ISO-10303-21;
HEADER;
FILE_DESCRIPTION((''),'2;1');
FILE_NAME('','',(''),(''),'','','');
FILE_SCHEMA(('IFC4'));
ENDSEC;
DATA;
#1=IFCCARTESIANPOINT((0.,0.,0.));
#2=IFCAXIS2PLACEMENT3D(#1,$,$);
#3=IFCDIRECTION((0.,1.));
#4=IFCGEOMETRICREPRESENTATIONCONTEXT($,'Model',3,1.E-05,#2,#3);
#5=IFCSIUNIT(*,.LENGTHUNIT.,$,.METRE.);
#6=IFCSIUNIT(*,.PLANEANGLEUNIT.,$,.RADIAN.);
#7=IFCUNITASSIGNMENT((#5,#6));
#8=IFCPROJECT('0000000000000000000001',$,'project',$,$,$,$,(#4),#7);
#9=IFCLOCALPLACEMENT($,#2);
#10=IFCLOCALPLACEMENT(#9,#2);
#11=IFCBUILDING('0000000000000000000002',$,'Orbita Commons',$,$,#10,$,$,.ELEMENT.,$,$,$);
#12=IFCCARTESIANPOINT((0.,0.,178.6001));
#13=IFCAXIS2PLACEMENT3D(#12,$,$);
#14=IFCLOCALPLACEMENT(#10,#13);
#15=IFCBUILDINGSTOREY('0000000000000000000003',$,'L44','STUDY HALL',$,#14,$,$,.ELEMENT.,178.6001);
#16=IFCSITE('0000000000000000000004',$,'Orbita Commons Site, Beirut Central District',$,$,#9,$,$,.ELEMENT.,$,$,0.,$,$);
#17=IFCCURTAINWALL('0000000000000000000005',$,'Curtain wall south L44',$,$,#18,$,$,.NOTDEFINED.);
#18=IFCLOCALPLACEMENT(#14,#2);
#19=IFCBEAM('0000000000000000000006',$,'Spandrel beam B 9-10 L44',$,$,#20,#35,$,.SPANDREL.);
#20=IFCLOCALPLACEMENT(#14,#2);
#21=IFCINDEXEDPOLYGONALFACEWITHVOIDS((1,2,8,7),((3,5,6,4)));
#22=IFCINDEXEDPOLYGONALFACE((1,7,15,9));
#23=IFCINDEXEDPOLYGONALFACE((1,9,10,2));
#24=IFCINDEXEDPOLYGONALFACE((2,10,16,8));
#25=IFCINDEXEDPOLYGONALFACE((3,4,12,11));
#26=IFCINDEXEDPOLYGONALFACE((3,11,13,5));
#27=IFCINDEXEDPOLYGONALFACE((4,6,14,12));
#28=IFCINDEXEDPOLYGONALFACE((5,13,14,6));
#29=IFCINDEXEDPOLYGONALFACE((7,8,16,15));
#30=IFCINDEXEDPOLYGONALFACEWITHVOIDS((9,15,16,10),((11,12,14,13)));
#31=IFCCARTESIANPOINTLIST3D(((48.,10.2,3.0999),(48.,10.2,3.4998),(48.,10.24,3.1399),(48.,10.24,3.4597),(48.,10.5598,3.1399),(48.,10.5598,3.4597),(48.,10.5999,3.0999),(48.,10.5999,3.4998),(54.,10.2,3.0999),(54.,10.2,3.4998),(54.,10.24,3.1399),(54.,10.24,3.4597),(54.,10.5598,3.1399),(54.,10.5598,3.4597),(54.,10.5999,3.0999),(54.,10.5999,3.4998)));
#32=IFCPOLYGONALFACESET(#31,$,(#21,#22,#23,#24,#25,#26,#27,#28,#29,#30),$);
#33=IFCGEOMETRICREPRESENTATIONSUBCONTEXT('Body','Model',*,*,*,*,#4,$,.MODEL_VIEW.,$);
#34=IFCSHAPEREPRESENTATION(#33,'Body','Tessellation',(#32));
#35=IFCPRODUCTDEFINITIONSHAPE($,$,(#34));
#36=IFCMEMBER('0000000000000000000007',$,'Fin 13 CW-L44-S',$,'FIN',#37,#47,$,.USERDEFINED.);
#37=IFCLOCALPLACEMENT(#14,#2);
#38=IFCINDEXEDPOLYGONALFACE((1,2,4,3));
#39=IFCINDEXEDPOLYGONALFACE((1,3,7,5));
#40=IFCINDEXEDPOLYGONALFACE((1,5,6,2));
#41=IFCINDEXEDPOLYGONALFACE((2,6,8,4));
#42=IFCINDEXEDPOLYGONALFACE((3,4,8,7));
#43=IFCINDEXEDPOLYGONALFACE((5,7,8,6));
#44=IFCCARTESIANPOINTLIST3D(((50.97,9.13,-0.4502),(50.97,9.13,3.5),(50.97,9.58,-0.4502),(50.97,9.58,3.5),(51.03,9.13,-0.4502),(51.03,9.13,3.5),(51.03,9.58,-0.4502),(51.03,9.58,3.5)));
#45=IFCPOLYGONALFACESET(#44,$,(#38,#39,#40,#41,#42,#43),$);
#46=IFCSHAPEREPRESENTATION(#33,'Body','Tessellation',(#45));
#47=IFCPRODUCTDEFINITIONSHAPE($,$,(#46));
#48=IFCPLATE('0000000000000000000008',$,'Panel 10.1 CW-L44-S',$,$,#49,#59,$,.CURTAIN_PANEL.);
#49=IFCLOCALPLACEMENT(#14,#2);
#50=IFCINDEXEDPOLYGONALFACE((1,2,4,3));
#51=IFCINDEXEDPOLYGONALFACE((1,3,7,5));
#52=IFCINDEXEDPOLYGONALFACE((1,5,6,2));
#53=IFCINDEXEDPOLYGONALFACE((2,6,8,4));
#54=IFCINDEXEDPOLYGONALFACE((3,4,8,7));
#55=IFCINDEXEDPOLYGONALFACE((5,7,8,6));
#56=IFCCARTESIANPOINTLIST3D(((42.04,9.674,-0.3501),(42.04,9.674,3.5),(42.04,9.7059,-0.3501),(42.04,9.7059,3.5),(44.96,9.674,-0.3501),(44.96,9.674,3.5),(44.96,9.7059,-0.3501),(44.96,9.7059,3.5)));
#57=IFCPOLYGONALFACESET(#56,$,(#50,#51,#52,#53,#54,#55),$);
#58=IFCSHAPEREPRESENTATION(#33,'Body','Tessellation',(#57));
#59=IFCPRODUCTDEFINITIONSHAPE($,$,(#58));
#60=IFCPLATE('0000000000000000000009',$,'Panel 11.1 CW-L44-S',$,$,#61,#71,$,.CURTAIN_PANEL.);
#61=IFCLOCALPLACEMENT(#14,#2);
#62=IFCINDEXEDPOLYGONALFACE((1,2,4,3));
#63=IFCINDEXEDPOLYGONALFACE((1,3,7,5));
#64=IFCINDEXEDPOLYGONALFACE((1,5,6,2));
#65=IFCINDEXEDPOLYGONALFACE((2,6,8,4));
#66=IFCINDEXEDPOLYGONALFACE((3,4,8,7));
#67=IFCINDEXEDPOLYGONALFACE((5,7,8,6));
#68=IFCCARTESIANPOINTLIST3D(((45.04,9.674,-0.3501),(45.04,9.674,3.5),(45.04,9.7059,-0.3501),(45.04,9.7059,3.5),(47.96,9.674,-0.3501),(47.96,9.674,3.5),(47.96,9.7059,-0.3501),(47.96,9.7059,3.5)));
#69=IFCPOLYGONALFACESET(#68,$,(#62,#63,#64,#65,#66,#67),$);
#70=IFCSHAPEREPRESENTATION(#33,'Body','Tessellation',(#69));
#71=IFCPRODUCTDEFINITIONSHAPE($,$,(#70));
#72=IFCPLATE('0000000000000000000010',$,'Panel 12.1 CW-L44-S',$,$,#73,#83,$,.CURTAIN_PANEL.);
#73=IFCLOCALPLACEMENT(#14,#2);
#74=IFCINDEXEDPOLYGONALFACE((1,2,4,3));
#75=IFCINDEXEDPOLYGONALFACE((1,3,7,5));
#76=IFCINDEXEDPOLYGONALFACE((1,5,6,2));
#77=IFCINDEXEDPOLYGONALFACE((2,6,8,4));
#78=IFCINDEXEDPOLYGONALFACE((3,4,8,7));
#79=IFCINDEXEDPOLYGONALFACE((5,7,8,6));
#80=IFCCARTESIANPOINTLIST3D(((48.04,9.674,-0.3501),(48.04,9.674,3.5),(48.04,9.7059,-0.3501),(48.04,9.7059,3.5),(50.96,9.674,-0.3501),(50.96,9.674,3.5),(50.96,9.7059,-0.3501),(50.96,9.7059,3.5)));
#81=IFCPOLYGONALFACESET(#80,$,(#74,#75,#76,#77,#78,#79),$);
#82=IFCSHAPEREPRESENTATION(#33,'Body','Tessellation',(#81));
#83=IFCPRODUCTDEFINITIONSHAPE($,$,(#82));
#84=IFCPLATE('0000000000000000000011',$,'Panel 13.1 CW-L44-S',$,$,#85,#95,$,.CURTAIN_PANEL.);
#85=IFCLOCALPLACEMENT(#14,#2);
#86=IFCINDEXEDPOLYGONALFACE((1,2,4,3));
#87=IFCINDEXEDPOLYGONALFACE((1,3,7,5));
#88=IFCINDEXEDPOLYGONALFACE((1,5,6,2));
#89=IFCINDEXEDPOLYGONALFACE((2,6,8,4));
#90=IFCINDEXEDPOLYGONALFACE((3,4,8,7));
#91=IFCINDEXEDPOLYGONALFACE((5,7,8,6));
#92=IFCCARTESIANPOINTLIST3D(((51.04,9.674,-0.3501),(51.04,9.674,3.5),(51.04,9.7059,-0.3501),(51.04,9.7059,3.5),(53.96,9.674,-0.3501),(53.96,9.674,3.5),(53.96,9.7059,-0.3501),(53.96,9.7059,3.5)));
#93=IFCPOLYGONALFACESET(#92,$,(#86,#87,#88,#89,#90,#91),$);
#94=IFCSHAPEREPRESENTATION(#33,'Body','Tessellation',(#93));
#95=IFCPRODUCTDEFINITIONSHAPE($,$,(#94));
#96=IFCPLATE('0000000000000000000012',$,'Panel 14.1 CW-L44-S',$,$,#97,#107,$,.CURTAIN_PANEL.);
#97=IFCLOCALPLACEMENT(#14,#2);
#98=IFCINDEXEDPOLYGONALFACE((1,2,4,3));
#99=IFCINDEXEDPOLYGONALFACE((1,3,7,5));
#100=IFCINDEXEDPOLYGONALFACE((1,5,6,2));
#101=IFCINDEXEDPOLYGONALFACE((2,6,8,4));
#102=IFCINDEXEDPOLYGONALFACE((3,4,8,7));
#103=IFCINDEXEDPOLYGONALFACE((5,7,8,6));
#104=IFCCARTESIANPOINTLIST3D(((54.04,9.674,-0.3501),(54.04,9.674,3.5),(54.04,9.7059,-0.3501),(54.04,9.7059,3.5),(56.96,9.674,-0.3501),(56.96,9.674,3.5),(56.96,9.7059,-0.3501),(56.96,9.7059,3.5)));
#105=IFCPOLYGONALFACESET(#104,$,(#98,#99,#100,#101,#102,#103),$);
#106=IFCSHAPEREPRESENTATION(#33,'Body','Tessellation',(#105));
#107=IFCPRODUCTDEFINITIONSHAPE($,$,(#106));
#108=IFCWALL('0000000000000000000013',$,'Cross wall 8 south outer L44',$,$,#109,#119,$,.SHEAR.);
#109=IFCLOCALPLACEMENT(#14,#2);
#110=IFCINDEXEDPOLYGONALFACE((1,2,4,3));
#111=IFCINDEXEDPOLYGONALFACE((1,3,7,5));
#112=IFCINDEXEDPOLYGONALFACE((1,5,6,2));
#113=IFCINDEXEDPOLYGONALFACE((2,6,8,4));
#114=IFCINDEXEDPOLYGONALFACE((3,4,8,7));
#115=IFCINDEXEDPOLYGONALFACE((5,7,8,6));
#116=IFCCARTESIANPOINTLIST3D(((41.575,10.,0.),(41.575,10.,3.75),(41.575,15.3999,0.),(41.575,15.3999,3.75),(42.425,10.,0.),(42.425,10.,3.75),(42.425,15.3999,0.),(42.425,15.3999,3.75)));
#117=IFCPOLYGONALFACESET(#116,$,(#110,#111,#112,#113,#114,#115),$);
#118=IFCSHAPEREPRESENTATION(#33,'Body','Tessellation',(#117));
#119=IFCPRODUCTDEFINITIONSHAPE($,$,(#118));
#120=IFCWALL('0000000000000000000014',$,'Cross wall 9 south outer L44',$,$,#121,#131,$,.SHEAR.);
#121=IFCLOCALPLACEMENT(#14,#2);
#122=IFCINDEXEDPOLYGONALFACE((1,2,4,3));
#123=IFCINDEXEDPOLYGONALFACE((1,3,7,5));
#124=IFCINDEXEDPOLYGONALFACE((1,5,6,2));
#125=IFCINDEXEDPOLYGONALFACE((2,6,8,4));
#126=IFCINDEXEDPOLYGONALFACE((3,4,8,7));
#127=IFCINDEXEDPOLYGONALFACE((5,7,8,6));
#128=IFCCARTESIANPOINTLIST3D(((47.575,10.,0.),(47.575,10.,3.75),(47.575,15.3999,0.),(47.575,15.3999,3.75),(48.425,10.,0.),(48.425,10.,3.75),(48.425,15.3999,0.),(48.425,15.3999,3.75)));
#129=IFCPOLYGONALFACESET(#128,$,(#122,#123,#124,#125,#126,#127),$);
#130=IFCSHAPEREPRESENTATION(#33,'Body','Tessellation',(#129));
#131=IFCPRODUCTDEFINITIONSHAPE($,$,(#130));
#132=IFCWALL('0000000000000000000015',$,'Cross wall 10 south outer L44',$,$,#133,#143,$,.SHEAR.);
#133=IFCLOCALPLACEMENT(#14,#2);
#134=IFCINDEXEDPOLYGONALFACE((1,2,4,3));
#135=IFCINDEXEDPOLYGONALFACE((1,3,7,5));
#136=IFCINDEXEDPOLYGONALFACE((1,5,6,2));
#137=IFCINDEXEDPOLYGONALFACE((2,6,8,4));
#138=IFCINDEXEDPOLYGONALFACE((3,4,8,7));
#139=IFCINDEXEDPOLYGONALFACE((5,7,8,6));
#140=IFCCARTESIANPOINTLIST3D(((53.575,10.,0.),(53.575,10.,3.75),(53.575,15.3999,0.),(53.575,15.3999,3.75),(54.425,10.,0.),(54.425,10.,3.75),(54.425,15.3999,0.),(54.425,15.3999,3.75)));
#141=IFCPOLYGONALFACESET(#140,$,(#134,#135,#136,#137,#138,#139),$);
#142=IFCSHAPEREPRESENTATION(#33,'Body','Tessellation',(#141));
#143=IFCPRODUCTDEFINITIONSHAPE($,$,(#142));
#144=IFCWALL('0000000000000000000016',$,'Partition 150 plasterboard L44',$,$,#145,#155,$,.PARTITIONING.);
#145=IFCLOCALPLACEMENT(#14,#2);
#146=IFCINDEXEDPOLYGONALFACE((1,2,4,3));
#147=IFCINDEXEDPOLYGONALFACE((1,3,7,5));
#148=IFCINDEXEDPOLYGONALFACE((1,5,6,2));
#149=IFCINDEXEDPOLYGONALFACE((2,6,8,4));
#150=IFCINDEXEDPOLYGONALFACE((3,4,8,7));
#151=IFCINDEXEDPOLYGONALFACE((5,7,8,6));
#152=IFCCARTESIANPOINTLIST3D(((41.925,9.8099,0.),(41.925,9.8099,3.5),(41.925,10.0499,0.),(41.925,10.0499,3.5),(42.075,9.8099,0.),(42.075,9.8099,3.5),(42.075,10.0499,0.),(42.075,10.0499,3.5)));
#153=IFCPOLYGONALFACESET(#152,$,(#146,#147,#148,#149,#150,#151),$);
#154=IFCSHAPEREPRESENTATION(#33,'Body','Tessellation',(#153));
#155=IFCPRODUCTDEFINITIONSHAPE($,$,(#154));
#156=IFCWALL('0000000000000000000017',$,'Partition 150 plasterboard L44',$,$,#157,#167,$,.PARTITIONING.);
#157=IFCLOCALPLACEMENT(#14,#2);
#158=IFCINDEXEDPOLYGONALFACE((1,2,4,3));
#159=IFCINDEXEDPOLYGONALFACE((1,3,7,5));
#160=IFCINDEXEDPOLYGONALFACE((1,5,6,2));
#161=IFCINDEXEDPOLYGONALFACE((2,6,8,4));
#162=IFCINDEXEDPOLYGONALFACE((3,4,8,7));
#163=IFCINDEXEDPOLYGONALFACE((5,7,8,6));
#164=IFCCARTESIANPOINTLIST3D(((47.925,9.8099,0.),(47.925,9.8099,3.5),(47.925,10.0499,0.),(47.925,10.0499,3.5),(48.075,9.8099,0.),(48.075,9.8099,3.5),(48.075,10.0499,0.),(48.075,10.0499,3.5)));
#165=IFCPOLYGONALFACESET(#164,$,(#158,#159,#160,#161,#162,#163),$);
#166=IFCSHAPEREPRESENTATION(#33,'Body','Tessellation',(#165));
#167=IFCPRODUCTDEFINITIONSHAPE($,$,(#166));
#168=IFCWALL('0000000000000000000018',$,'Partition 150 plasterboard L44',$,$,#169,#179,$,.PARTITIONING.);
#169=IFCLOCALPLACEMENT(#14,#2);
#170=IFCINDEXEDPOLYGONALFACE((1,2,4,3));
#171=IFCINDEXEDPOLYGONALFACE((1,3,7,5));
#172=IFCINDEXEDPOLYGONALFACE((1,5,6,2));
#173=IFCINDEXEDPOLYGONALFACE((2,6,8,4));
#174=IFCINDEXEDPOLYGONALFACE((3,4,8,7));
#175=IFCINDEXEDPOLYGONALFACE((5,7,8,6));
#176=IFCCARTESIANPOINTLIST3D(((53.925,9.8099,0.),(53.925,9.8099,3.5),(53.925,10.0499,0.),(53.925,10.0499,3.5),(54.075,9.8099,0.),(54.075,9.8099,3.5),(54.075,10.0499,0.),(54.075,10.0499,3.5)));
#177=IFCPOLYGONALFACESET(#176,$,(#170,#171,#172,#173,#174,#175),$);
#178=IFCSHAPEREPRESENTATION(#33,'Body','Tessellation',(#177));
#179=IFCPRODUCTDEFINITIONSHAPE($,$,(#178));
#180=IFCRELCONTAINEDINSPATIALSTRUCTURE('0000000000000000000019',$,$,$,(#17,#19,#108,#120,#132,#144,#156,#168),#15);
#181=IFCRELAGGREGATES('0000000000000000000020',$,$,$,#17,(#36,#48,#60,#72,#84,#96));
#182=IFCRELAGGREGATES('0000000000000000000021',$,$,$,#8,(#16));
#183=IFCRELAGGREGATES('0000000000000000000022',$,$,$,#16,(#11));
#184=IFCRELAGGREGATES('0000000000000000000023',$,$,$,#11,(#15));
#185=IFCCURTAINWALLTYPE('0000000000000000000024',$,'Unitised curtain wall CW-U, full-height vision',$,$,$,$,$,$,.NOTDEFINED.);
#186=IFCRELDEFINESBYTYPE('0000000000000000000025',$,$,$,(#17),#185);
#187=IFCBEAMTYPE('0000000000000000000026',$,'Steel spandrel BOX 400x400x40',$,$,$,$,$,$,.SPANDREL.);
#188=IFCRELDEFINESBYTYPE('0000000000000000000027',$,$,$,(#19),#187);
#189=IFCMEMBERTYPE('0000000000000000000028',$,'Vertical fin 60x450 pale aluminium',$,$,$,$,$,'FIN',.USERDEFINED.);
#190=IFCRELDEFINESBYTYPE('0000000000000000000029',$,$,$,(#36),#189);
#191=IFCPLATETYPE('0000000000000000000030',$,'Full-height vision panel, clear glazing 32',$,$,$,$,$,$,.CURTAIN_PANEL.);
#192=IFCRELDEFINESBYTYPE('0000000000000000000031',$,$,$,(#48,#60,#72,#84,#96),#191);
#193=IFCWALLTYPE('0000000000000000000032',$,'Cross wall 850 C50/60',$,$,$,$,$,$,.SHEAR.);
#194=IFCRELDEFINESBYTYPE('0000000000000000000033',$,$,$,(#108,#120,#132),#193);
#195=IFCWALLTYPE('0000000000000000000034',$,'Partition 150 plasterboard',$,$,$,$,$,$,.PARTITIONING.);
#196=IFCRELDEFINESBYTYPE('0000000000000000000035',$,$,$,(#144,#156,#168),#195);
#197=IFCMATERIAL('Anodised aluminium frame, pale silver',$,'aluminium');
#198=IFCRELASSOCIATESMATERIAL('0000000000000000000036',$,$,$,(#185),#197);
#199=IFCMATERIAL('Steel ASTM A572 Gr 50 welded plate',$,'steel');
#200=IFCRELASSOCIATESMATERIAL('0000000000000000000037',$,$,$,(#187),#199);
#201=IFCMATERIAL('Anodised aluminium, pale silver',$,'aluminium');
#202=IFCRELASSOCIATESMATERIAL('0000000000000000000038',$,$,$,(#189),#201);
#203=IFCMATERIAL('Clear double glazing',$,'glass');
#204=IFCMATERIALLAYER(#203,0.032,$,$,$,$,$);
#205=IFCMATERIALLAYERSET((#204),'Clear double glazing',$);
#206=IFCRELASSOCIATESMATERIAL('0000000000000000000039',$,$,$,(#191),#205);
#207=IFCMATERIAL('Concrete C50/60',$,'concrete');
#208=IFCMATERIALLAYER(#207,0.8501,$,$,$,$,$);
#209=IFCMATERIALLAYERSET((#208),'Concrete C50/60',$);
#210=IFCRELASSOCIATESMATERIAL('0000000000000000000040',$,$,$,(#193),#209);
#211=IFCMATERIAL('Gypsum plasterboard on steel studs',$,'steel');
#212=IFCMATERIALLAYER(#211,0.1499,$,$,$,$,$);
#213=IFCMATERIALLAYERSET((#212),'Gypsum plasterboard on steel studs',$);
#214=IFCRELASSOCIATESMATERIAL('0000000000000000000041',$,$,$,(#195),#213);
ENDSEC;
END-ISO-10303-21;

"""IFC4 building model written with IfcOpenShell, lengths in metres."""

from ifc_helpers import new_model, si_unit, direction, frame, frame_2d, origin, origin_2d, place, context, subcontext, project, spatial, rectangle, hollow_rectangle, extrude, material, layer, layer_set, material_profile, profile_set, type_object, element, aggregate, save


model = new_model("IFC4")

# Units and contexts
model_context = context("Model", 3, precision=1e-05, world=origin(), true_north=direction((0.0, 1.0)))
body_context = subcontext(model_context, "Body", "Model", "MODEL_VIEW")
ifc_project = project(units=[si_unit("LENGTHUNIT", "METRE"), si_unit("PLANEANGLEUNIT", "RADIAN")], contexts=[model_context])

# Site, building, storey
site_placement = place(None, origin())
site = spatial("IfcSite", under=ifc_project, at=site_placement, Name="Orbita Commons Site, Beirut Central District", CompositionType="ELEMENT", RefElevation=0.0)
building_placement = place(site_placement, origin())
building = spatial("IfcBuilding", under=site, at=building_placement, Name="Orbita Commons", CompositionType="ELEMENT")
storey_placement = place(building_placement, frame((0.0, 0.0, 178.6001)))
storey = spatial("IfcBuildingStorey", under=building, at=storey_placement, Name="L44", Description="STUDY HALL", CompositionType="ELEMENT", Elevation=178.6001)

# Curtain wall
ifc_material_1 = material(Name="Anodised aluminium frame, pale silver", Category="aluminium")
curtain_wall_type = type_object("IfcCurtainWallType", Name="Unitised curtain wall CW-U, full-height vision", PredefinedType="NOTDEFINED", material=ifc_material_1)
curtain_wall_placement = place(storey_placement, origin())
curtain_wall = element("IfcCurtainWall", 1, at=curtain_wall_placement, inside=storey, type_object=curtain_wall_type, Name="Curtain wall south L44", PredefinedType="NOTDEFINED")

# Beam
ifc_material_2 = material(Name="Steel ASTM A572 Gr 50 welded plate", Category="steel")
ifc_material_profile_1 = material_profile(ifc_material_2, hollow_rectangle(XDim=0.3999, YDim=0.3999, WallThickness=0.04, at=origin_2d()), Name="BOX 400x400x40")
ifc_profile_set_1 = profile_set([ifc_material_profile_1], Name="Steel ASTM A572 Gr 50 welded plate")
beam_type = type_object("IfcBeamType", Name="Steel spandrel BOX 400x400x40", PredefinedType="SPANDREL", material=ifc_profile_set_1)
for number, where, z_axis, x_axis, name in (
    (2, (48.0, 10.3999, 3.2998), (1.0, 0.0, 0.0), (0.0, 1.0, 0.0), "Spandrel beam B 9-10 L44"),
):
    element("IfcBeam", number, at=place(storey_placement, frame(where, z_axis=z_axis, x_axis=x_axis)), inside=storey, type_object=beam_type, Name=name, PredefinedType="SPANDREL", context=body_context, shape_type="SweptSolid", body=[
        extrude(hollow_rectangle(XDim=0.3999, YDim=0.3999, WallThickness=0.04, at=origin_2d()), origin(), (0.0, 0.0, 1.0), 6.0),
    ])

# Member
ifc_material_3 = material(Name="Anodised aluminium, pale silver", Category="aluminium")
ifc_material_profile_2 = material_profile(ifc_material_3, rectangle(XDim=0.0601, YDim=0.45, at=origin_2d()), Name="FIN 60x450")
ifc_profile_set_2 = profile_set([ifc_material_profile_2], Name="Anodised aluminium, pale silver")
member_type_1 = type_object("IfcMemberType", Name="Vertical fin 60x450 pale aluminium", ElementType="FIN", PredefinedType="USERDEFINED", material=ifc_profile_set_2)
member_1_placement = place(storey_placement, frame((51.0, 9.355, -0.4502), z_axis=(0.0, 0.0, 1.0), x_axis=(1.0, 0.0, 0.0)))
member_1 = element("IfcMember", 3, at=member_1_placement, type_object=member_type_1, Name="Fin 13 CW-L44-S", ObjectType="FIN", PredefinedType="USERDEFINED", context=body_context, shape_type="SweptSolid", body=[
    extrude(rectangle(XDim=0.0601, YDim=0.45, at=origin_2d()), origin(), (0.0, 0.0, 1.0), 3.9502),
])

# Plates
ifc_material_4 = material(Name="Clear double glazing", Category="glass")
ifc_layer_1 = layer(ifc_material_4, 0.032)
ifc_layer_set_1 = layer_set([ifc_layer_1], Name="Clear double glazing")
plate_type = type_object("IfcPlateType", Name="Full-height vision panel, clear glazing 32", PredefinedType="CURTAIN_PANEL", material=ifc_layer_set_1)
plate_1_placement = place(storey_placement, frame((43.5, 9.6899, -0.3501), z_axis=(0.0, 0.0, 1.0), x_axis=(1.0, 0.0, 0.0)))
plate_1 = element("IfcPlate", 4, at=plate_1_placement, type_object=plate_type, Name="Panel 10.1 CW-L44-S", PredefinedType="CURTAIN_PANEL", context=body_context, shape_type="SweptSolid", body=[
    extrude(rectangle(XDim=2.9199, YDim=0.032, at=origin_2d()), origin(), (0.0, 0.0, 1.0), 3.8501),
])
plate_2_placement = place(storey_placement, frame((46.5, 9.6899, -0.3501), z_axis=(0.0, 0.0, 1.0), x_axis=(1.0, 0.0, 0.0)))
plate_2 = element("IfcPlate", 5, at=plate_2_placement, type_object=plate_type, Name="Panel 11.1 CW-L44-S", PredefinedType="CURTAIN_PANEL", context=body_context, shape_type="SweptSolid", body=[
    extrude(rectangle(XDim=2.9199, YDim=0.032, at=origin_2d()), origin(), (0.0, 0.0, 1.0), 3.8501),
])
plate_3_placement = place(storey_placement, frame((49.5, 9.6899, -0.3501), z_axis=(0.0, 0.0, 1.0), x_axis=(1.0, 0.0, 0.0)))
plate_3 = element("IfcPlate", 6, at=plate_3_placement, type_object=plate_type, Name="Panel 12.1 CW-L44-S", PredefinedType="CURTAIN_PANEL", context=body_context, shape_type="SweptSolid", body=[
    extrude(rectangle(XDim=2.9199, YDim=0.032, at=origin_2d()), origin(), (0.0, 0.0, 1.0), 3.8501),
])
plate_4_placement = place(storey_placement, frame((52.5, 9.6899, -0.3501), z_axis=(0.0, 0.0, 1.0), x_axis=(1.0, 0.0, 0.0)))
plate_4 = element("IfcPlate", 7, at=plate_4_placement, type_object=plate_type, Name="Panel 13.1 CW-L44-S", PredefinedType="CURTAIN_PANEL", context=body_context, shape_type="SweptSolid", body=[
    extrude(rectangle(XDim=2.9199, YDim=0.032, at=origin_2d()), origin(), (0.0, 0.0, 1.0), 3.8501),
])
plate_5_placement = place(storey_placement, frame((55.5, 9.6899, -0.3501), z_axis=(0.0, 0.0, 1.0), x_axis=(1.0, 0.0, 0.0)))
plate_5 = element("IfcPlate", 8, at=plate_5_placement, type_object=plate_type, Name="Panel 14.1 CW-L44-S", PredefinedType="CURTAIN_PANEL", context=body_context, shape_type="SweptSolid", body=[
    extrude(rectangle(XDim=2.9199, YDim=0.032, at=origin_2d()), origin(), (0.0, 0.0, 1.0), 3.8501),
])
aggregate(curtain_wall, [member_1, plate_1, plate_2, plate_3, plate_4, plate_5])

# Walls
ifc_material_5 = material(Name="Concrete C50/60", Category="concrete")
ifc_layer_2 = layer(ifc_material_5, 0.8501)
ifc_layer_set_2 = layer_set([ifc_layer_2], Name="Concrete C50/60")
wall_type_1 = type_object("IfcWallType", Name="Cross wall 850 C50/60", PredefinedType="SHEAR", material=ifc_layer_set_2)
for number, where, z_axis, x_axis, name in (
    (9, (42.0, 10.0, 0.0), (0.0, 0.0, 1.0), (0.0, 1.0, 0.0), "Cross wall 8 south outer L44"),
    (10, (48.0, 10.0, 0.0), (0.0, 0.0, 1.0), (0.0, 1.0, 0.0), "Cross wall 9 south outer L44"),
    (11, (54.0, 10.0, 0.0), (0.0, 0.0, 1.0), (0.0, 1.0, 0.0), "Cross wall 10 south outer L44"),
):
    element("IfcWall", number, at=place(storey_placement, frame(where, z_axis=z_axis, x_axis=x_axis)), inside=storey, type_object=wall_type_1, Name=name, PredefinedType="SHEAR", context=body_context, shape_type="SweptSolid", body=[
        extrude(rectangle(XDim=5.3999, YDim=0.8501, at=frame_2d((2.7, 0.0))), origin(), (0.0, 0.0, 1.0), 3.75),
    ])
ifc_material_6 = material(Name="Gypsum plasterboard on steel studs", Category="steel")
ifc_layer_3 = layer(ifc_material_6, 0.1499)
ifc_layer_set_3 = layer_set([ifc_layer_3], Name="Gypsum plasterboard on steel studs")
wall_type_2 = type_object("IfcWallType", Name="Partition 150 plasterboard", PredefinedType="PARTITIONING", material=ifc_layer_set_3)
for number, where, z_axis, x_axis, name in (
    (12, (42.0, 10.05, 0.0), (0.0, 0.0, 1.0), (0.0, -1.0, 0.0), "Partition 150 plasterboard L44"),
    (13, (48.0, 10.05, 0.0), (0.0, 0.0, 1.0), (0.0, -1.0, 0.0), "Partition 150 plasterboard L44"),
    (14, (54.0, 10.05, 0.0), (0.0, 0.0, 1.0), (0.0, -1.0, 0.0), "Partition 150 plasterboard L44"),
):
    element("IfcWall", number, at=place(storey_placement, frame(where, z_axis=z_axis, x_axis=x_axis)), inside=storey, type_object=wall_type_2, Name=name, PredefinedType="PARTITIONING", context=body_context, shape_type="SweptSolid", body=[
        extrude(rectangle(XDim=0.24, YDim=0.1499, at=frame_2d((0.1201, 0.0))), origin(), (0.0, 0.0, 1.0), 3.5),
    ])

save(model, "model.ifc")
